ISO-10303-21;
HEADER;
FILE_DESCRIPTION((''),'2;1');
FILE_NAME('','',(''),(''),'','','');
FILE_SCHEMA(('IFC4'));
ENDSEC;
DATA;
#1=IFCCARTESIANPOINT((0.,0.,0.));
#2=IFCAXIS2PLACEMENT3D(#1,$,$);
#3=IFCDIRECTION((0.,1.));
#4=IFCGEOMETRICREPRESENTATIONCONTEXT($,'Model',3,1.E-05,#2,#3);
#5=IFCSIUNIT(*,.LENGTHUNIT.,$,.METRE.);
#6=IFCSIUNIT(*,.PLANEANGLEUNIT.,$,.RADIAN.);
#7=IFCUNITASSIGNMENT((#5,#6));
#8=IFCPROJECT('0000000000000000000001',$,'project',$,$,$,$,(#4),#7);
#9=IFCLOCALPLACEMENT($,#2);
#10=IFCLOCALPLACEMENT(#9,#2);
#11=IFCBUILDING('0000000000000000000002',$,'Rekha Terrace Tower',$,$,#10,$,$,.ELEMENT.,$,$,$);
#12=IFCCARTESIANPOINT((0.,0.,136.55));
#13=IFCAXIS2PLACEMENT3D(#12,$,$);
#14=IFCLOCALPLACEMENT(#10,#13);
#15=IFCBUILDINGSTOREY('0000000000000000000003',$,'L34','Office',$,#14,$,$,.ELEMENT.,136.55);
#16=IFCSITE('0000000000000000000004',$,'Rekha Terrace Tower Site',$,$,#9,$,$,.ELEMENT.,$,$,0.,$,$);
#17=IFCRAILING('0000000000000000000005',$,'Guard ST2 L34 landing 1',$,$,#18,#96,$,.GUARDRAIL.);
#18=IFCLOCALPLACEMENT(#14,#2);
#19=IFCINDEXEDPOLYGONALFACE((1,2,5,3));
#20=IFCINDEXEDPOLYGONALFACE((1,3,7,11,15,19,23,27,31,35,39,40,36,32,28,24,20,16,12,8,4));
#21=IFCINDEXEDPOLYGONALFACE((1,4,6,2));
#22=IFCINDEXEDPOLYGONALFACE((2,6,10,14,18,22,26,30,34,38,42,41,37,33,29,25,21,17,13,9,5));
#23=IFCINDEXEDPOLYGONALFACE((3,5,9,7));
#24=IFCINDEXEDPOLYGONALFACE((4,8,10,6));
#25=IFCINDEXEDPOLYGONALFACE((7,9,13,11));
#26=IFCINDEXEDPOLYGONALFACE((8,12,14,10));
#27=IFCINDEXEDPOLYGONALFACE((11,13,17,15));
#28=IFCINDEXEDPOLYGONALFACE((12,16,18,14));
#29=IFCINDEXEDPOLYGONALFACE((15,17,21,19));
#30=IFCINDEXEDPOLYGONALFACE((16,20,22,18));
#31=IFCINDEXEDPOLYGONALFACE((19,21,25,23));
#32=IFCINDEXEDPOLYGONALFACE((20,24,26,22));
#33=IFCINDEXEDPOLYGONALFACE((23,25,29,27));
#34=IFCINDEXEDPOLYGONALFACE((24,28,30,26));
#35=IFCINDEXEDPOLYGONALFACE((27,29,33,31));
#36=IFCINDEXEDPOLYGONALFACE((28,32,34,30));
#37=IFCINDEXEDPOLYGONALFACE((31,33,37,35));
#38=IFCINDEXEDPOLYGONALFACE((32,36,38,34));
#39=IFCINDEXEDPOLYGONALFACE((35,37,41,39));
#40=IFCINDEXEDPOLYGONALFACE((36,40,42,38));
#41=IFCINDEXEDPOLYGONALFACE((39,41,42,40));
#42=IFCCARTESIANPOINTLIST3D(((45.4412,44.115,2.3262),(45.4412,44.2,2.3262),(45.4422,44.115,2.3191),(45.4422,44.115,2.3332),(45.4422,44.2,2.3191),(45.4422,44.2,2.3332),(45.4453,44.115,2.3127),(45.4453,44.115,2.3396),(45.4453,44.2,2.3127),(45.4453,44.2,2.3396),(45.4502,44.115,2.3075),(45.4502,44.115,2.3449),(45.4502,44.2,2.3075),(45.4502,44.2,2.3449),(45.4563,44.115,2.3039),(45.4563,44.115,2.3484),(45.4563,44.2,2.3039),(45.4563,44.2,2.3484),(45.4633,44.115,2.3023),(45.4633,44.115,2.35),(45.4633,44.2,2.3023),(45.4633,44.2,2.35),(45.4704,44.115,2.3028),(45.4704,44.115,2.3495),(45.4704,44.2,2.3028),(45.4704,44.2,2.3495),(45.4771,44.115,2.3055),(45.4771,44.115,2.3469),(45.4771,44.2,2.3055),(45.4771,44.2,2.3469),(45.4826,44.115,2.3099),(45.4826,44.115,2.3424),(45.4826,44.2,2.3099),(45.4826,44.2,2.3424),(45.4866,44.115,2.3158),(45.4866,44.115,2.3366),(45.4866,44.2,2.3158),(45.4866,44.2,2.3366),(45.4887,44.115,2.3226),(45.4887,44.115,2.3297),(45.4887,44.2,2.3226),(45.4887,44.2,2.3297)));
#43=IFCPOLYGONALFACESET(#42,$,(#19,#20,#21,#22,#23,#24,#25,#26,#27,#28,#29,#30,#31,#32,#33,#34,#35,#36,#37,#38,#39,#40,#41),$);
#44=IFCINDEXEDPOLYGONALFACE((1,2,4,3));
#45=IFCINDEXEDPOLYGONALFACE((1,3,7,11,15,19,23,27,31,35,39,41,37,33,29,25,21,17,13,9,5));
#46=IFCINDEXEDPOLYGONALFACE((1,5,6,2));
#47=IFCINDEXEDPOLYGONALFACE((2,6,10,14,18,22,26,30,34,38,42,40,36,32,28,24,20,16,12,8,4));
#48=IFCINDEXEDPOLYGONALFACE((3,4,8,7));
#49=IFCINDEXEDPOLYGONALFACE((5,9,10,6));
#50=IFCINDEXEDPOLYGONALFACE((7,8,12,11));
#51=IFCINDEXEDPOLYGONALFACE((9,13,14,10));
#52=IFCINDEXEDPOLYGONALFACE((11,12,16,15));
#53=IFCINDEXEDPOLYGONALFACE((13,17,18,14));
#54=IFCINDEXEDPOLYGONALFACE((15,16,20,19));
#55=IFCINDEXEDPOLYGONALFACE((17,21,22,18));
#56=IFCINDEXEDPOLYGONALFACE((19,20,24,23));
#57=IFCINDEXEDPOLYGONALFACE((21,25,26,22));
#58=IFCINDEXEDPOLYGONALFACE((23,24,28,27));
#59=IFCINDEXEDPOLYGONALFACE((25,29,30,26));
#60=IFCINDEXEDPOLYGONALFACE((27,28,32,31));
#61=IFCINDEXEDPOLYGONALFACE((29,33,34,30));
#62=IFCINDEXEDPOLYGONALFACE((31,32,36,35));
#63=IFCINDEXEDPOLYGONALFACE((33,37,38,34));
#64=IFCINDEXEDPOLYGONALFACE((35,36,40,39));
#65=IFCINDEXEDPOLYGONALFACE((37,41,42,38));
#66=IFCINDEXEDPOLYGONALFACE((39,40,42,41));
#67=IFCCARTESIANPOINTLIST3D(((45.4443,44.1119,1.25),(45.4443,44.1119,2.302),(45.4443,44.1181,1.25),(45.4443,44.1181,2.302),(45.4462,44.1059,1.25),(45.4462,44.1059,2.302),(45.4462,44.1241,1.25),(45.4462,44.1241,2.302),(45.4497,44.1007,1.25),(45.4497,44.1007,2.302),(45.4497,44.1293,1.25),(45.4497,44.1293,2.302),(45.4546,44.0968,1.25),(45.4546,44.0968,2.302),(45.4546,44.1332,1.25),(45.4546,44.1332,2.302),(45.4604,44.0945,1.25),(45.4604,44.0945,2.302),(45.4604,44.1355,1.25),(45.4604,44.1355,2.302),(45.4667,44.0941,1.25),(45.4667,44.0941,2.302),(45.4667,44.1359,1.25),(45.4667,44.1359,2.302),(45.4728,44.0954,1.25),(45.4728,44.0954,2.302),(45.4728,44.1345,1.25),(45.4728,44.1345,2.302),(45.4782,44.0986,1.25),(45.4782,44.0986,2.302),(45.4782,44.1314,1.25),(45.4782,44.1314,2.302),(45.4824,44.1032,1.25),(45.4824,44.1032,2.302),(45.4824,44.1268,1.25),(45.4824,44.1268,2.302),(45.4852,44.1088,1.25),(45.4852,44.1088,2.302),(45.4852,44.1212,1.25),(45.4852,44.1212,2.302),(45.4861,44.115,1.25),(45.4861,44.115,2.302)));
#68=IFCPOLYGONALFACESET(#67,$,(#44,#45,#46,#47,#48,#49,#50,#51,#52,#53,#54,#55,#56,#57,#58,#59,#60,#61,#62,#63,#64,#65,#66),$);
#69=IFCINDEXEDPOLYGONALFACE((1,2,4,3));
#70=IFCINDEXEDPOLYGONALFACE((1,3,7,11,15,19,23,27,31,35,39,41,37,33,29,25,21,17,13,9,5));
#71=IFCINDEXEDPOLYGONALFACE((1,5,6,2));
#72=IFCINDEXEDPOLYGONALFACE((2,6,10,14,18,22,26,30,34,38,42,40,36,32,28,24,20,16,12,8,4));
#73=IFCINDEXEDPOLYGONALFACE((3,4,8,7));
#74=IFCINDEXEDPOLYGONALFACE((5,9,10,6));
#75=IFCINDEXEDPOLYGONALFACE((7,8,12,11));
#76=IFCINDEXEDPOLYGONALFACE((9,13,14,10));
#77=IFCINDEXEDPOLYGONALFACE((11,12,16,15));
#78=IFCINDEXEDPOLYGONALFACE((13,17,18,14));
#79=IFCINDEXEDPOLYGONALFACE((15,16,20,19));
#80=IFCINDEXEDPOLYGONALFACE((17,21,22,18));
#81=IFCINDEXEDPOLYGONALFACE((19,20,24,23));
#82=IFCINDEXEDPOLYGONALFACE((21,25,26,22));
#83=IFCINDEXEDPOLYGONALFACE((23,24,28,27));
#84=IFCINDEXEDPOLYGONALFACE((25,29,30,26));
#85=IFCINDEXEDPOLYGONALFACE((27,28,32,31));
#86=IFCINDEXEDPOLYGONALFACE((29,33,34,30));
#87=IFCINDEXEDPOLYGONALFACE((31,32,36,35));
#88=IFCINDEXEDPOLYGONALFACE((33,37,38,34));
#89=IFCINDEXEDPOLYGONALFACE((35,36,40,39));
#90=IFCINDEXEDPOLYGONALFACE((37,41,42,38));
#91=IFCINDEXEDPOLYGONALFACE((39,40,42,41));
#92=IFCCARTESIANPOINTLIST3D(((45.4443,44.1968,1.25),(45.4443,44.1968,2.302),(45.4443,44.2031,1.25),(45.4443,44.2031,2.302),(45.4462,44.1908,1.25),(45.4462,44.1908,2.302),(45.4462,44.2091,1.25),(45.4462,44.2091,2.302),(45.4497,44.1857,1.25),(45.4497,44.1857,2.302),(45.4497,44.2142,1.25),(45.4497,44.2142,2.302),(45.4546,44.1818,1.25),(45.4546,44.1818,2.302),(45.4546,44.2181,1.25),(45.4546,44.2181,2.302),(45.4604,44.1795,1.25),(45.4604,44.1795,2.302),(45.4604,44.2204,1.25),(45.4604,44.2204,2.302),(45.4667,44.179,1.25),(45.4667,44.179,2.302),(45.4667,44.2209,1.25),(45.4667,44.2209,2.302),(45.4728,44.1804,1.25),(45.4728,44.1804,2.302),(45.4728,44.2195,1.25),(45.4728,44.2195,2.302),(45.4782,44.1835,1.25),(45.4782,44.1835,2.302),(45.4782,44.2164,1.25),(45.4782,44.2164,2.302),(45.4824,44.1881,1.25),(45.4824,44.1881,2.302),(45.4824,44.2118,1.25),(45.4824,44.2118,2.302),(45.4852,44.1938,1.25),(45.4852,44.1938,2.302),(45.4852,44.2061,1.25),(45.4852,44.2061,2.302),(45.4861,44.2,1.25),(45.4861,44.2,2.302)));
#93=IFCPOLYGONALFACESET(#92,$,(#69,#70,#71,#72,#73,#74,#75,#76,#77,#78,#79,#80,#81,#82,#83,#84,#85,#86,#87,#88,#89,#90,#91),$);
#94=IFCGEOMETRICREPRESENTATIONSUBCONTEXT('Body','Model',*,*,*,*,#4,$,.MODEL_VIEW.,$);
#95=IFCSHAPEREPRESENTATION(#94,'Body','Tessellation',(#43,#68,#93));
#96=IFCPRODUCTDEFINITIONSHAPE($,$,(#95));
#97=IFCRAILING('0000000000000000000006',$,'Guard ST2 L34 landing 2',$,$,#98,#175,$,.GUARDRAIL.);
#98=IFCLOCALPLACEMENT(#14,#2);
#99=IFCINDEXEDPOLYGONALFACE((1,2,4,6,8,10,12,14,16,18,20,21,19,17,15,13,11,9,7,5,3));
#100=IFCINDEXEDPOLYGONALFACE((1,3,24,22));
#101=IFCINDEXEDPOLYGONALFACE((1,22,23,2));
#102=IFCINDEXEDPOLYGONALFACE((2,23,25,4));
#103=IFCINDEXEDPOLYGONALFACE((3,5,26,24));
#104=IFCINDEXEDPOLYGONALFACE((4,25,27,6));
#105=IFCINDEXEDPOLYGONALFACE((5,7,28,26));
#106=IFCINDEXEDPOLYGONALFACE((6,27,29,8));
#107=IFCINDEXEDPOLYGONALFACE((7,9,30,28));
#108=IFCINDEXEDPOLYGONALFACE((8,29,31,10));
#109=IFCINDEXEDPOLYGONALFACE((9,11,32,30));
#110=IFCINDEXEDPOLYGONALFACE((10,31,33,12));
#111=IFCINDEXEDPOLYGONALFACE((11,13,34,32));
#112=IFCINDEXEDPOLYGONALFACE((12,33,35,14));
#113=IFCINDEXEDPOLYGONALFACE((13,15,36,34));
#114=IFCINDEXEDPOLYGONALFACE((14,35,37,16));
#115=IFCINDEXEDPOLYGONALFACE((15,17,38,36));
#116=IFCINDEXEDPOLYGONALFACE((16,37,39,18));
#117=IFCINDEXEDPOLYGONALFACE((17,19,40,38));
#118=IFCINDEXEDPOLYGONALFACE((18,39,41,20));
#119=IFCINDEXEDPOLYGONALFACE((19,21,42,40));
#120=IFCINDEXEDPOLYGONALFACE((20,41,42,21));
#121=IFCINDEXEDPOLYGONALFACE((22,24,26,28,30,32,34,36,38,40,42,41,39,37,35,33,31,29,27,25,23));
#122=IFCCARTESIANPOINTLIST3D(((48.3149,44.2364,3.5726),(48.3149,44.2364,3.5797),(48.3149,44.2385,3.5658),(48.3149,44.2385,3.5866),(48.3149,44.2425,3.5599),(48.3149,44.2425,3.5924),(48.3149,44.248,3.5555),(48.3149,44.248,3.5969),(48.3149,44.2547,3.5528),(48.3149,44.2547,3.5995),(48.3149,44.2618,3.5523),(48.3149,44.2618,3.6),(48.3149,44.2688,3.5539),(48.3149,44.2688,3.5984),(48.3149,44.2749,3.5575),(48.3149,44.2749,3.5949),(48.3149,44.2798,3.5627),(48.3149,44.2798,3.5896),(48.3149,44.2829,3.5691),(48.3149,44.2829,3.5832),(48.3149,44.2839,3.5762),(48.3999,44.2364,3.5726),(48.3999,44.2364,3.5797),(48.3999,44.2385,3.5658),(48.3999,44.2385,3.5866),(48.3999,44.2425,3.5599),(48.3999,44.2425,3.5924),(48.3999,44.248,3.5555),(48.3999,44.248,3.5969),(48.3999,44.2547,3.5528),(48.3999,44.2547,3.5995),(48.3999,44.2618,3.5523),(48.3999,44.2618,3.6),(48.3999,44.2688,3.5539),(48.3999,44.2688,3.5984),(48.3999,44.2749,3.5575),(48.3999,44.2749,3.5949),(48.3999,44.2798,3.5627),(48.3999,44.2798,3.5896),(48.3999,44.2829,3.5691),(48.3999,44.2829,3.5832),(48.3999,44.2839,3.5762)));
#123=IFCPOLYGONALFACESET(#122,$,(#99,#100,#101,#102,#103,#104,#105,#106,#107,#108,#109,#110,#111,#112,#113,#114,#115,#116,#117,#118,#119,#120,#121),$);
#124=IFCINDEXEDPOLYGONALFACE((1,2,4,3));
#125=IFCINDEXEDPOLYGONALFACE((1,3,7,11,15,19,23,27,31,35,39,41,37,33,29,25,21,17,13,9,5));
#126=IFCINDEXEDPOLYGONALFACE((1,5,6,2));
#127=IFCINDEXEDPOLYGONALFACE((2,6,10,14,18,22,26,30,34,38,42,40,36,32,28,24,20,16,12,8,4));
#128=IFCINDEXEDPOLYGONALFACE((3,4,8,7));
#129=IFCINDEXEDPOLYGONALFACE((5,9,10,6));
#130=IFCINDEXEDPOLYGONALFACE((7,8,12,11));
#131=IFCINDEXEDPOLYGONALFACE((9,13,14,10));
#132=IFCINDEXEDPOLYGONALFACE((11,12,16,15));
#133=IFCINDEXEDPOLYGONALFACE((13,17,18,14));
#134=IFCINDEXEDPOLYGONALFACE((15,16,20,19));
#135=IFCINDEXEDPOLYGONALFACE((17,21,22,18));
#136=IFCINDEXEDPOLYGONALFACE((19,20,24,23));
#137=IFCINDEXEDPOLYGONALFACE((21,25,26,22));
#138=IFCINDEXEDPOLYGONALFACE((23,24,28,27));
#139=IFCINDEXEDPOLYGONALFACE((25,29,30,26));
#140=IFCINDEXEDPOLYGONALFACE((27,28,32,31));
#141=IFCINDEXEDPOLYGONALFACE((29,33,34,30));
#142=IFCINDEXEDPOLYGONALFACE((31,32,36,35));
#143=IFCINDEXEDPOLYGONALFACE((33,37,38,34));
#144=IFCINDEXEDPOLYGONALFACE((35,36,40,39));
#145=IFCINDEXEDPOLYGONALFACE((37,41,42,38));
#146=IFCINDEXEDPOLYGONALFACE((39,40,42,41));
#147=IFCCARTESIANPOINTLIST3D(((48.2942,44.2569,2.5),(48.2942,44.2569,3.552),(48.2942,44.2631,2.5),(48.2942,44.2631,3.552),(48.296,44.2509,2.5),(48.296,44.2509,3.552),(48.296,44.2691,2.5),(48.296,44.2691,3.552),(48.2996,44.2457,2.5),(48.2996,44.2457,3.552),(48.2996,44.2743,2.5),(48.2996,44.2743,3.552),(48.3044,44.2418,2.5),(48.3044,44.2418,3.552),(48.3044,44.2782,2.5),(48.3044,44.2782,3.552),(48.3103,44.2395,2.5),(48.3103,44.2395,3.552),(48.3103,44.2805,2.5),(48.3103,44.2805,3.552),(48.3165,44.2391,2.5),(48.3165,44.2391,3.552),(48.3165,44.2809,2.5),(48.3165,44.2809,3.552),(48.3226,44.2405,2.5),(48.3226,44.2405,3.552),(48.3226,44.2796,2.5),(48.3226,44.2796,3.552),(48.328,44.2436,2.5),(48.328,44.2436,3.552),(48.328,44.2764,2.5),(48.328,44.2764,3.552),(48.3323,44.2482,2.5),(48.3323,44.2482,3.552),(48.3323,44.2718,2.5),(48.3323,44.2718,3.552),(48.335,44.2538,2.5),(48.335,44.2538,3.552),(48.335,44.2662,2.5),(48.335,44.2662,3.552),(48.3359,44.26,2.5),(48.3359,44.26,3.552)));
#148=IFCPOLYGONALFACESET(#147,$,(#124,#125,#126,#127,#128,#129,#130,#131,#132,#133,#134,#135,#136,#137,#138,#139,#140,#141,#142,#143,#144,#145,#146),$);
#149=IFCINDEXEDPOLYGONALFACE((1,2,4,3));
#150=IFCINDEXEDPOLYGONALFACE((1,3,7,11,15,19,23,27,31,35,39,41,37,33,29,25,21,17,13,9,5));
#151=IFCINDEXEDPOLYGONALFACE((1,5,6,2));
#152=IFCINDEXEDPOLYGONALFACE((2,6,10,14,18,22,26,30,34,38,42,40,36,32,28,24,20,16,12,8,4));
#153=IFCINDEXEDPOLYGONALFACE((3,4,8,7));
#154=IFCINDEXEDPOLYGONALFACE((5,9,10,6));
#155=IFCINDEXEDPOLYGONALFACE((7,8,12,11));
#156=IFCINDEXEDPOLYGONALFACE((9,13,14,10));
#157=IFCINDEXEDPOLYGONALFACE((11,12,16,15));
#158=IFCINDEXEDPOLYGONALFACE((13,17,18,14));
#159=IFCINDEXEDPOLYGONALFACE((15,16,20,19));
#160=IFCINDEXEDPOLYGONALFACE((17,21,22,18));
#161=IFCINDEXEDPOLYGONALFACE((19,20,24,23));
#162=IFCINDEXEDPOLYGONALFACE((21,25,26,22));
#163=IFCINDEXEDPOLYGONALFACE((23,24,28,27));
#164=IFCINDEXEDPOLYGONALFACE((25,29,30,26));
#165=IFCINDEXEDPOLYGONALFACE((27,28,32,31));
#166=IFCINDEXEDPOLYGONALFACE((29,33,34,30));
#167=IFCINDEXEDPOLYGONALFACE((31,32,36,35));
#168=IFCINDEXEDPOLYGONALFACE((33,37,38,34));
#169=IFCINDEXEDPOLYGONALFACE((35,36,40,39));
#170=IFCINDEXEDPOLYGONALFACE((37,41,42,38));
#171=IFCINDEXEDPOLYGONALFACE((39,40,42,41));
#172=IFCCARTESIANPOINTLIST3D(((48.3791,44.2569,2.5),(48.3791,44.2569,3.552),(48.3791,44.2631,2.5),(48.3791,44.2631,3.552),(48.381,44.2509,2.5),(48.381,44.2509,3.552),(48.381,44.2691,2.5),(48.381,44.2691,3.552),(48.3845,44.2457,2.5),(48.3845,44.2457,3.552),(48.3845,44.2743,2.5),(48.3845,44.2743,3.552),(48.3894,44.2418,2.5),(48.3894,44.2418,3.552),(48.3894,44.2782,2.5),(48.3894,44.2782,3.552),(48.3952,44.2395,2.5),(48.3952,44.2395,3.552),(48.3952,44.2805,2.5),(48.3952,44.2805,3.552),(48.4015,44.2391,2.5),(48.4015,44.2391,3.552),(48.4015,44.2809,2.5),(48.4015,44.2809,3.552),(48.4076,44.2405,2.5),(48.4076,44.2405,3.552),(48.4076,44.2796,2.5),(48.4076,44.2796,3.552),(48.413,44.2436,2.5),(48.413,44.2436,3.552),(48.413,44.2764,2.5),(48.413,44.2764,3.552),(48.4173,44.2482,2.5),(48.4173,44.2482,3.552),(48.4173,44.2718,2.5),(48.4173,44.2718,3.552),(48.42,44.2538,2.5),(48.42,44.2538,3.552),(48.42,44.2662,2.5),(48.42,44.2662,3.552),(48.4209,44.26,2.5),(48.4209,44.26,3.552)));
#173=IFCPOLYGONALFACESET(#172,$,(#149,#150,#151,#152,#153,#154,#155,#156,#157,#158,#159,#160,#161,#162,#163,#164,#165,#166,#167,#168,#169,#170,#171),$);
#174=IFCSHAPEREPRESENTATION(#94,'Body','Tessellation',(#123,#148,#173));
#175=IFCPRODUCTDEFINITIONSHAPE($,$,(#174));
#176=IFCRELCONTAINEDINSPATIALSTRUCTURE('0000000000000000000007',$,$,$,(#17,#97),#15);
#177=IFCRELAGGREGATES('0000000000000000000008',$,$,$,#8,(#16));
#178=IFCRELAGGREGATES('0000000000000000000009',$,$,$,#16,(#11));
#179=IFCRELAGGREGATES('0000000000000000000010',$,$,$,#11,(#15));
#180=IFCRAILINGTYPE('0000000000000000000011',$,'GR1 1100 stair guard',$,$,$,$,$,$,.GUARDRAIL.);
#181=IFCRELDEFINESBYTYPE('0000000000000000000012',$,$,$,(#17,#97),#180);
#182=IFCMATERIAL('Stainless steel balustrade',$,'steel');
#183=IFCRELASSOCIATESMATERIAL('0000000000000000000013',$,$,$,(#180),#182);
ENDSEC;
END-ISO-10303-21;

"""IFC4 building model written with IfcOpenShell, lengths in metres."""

from ifc_helpers import new_model, si_unit, direction, frame, origin, origin_2d, place, context, subcontext, project, spatial, circle, extrude, material, type_object, element, save


model = new_model("IFC4")

# Units and contexts
model_context = context("Model", 3, precision=1e-05, world=origin(), true_north=direction((0.0, 1.0)))
body_context = subcontext(model_context, "Body", "Model", "MODEL_VIEW")
ifc_project = project(units=[si_unit("LENGTHUNIT", "METRE"), si_unit("PLANEANGLEUNIT", "RADIAN")], contexts=[model_context])

# Site, building, storey
site_placement = place(None, origin())
site = spatial("IfcSite", under=ifc_project, at=site_placement, Name="Rekha Terrace Tower Site", CompositionType="ELEMENT", RefElevation=0.0)
building_placement = place(site_placement, origin())
building = spatial("IfcBuilding", under=site, at=building_placement, Name="Rekha Terrace Tower", CompositionType="ELEMENT")
storey_placement = place(building_placement, frame((0.0, 0.0, 136.55)))
storey = spatial("IfcBuildingStorey", under=building, at=storey_placement, Name="L34", Description="Office", CompositionType="ELEMENT", Elevation=136.55)

# Railings
ifc_material_1 = material(Name="Stainless steel balustrade", Category="steel")
railing_type_1 = type_object("IfcRailingType", Name="GR1 1100 stair guard", PredefinedType="GUARDRAIL", material=ifc_material_1)
railing_1_placement = place(storey_placement, frame((45.4651, 44.115, 1.25)))
element("IfcRailing", 1, at=railing_1_placement, inside=storey, type_object=railing_type_1, Name="Guard ST2 L34 landing 1", PredefinedType="GUARDRAIL", context=body_context, shape_type="SweptSolid", body=[
    extrude(circle(Radius=0.0239, at=origin_2d()), frame((0.0, 0.0, 1.0762), z_axis=(0.0, 1.0, 0.0), x_axis=(-1.0, 0.0, 0.0)), (0.0, 0.0, 1.0), 0.085),
    extrude(circle(Radius=0.021, at=origin_2d()), origin(), (0.0, 0.0, 1.0), 1.052),
    extrude(circle(Radius=0.021, at=origin_2d()), frame((0.0, 0.085, 0.0)), (0.0, 0.0, 1.0), 1.052),
])
railing_2_placement = place(storey_placement, frame((48.3149, 44.26, 2.5)))
element("IfcRailing", 2, at=railing_2_placement, inside=storey, type_object=railing_type_1, Name="Guard ST2 L34 landing 2", PredefinedType="GUARDRAIL", context=body_context, shape_type="SweptSolid", body=[
    extrude(circle(Radius=0.0239, at=origin_2d()), frame((0.0, 0.0, 1.0762), z_axis=(1.0, 0.0, 0.0), x_axis=(0.0, 1.0, 0.0)), (0.0, 0.0, 1.0), 0.085),
    extrude(circle(Radius=0.021, at=origin_2d()), origin(), (0.0, 0.0, 1.0), 1.052),
    extrude(circle(Radius=0.021, at=origin_2d()), frame((0.085, 0.0, 0.0)), (0.0, 0.0, 1.0), 1.052),
])

save(model, "model.ifc")
